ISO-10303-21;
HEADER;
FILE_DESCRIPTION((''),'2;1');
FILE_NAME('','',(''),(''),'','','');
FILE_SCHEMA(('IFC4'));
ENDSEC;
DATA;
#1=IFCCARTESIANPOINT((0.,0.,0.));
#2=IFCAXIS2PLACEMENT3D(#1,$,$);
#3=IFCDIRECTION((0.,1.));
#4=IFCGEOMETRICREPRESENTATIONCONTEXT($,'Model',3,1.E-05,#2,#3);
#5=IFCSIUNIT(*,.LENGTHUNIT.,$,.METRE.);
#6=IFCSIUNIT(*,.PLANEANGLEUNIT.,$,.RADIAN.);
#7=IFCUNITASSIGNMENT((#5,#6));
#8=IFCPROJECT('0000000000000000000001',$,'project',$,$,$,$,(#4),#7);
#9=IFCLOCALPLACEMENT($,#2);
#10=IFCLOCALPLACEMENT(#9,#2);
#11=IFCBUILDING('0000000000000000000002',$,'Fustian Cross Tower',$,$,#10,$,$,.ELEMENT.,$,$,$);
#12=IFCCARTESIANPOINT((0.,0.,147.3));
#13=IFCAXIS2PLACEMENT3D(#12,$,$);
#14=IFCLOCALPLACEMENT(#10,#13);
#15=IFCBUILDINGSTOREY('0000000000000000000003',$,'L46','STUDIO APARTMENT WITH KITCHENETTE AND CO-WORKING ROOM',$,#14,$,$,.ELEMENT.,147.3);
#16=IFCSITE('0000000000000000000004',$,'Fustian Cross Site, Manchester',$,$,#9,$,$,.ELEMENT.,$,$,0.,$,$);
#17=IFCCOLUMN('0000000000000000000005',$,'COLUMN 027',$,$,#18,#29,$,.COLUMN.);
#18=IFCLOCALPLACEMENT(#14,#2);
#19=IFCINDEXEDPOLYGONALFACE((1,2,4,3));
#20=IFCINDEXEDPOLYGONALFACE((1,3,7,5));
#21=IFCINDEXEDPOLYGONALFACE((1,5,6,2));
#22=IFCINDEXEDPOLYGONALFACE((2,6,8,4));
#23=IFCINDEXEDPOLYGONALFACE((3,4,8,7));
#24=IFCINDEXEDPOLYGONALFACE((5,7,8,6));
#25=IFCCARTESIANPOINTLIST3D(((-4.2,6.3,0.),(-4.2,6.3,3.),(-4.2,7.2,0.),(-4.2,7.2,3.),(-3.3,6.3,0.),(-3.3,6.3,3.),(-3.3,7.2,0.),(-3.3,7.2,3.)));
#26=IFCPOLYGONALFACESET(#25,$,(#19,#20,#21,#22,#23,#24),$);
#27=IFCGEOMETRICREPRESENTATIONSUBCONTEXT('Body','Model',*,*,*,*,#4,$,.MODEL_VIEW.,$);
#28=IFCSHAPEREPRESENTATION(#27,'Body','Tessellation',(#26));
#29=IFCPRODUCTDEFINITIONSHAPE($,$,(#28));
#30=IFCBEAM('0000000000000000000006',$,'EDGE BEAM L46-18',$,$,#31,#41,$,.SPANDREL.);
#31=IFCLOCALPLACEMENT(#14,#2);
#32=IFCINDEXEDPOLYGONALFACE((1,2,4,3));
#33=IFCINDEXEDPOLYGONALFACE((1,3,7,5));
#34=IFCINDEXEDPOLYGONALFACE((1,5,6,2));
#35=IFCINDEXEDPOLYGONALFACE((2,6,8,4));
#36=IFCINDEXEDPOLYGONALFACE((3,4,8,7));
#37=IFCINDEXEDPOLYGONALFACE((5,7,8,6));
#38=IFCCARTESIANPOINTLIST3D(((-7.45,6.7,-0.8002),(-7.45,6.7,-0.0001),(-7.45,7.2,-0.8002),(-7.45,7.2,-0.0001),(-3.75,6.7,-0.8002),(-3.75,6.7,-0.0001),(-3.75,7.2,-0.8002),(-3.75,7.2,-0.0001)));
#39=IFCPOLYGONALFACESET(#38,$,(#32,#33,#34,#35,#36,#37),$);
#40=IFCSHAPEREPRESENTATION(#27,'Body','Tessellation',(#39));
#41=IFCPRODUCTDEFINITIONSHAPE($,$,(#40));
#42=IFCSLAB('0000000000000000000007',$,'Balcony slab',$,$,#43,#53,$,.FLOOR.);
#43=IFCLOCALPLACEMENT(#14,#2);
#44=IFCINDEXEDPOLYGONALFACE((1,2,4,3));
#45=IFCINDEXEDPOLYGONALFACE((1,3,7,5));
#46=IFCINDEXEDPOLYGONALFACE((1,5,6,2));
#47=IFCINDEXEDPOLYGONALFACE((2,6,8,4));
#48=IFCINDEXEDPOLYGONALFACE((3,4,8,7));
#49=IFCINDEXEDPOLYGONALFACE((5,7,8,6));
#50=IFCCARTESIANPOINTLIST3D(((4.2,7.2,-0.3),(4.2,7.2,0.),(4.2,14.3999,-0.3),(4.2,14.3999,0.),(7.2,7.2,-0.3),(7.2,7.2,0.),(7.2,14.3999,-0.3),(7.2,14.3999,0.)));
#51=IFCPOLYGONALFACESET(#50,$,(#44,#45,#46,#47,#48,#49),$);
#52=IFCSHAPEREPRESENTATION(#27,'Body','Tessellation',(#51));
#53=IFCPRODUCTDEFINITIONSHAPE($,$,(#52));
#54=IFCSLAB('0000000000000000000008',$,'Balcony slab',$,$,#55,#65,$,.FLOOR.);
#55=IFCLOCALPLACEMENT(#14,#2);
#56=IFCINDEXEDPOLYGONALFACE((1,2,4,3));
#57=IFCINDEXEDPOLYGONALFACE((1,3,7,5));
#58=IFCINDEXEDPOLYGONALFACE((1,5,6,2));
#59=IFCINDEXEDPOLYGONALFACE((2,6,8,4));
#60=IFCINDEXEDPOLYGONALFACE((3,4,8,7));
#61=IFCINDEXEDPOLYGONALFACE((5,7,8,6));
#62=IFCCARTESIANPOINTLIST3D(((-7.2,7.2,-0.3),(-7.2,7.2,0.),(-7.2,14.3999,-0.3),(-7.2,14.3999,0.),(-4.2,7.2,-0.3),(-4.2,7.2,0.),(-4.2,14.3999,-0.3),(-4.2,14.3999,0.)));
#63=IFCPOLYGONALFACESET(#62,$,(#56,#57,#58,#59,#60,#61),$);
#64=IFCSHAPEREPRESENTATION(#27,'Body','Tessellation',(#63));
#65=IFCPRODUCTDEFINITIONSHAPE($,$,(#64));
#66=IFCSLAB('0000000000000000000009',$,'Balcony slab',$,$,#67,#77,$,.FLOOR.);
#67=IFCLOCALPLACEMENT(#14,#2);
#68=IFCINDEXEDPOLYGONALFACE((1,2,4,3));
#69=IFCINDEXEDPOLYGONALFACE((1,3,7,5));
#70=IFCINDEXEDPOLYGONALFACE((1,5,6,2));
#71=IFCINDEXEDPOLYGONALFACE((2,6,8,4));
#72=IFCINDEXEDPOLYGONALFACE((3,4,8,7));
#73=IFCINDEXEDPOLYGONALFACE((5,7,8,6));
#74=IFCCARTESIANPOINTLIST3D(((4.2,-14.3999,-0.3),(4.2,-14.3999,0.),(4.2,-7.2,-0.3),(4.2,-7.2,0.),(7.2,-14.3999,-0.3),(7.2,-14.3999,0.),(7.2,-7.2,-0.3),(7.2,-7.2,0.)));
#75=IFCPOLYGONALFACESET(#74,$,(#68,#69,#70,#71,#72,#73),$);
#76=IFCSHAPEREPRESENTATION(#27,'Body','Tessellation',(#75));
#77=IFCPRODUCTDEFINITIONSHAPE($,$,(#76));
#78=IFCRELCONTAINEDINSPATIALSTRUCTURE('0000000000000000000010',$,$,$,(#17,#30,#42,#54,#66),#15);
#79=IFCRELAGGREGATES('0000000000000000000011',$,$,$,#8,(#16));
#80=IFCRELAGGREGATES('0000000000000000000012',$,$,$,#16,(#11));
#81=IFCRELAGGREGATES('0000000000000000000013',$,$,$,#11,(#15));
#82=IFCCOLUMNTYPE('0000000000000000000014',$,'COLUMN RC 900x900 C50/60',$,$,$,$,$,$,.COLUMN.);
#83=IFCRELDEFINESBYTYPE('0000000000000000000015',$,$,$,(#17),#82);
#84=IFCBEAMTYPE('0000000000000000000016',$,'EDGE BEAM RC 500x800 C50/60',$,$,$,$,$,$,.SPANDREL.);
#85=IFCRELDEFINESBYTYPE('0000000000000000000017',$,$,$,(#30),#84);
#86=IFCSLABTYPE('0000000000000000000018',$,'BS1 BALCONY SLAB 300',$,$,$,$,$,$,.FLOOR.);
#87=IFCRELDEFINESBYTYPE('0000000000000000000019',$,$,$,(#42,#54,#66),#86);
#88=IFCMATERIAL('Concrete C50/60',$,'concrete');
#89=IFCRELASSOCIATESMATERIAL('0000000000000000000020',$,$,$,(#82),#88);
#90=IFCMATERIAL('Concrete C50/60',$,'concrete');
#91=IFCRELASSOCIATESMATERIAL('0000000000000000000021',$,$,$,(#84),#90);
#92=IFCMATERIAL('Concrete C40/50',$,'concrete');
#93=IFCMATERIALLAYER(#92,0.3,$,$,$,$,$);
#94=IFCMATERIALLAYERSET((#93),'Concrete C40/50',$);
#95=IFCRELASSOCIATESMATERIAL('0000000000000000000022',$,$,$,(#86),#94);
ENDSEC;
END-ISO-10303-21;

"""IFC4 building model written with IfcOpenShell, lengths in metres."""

from ifc_helpers import new_model, si_unit, direction, frame, origin, origin_2d, place, context, subcontext, project, spatial, polyline, rectangle, outline, extrude, material, layer, layer_set, material_profile, profile_set, type_object, element, save


model = new_model("IFC4")

# Units and contexts
model_context = context("Model", 3, precision=1e-05, world=origin(), true_north=direction((0.0, 1.0)))
body_context = subcontext(model_context, "Body", "Model", "MODEL_VIEW")
ifc_project = project(units=[si_unit("LENGTHUNIT", "METRE"), si_unit("PLANEANGLEUNIT", "RADIAN")], contexts=[model_context])

# Site, building, storey
site_placement = place(None, origin())
site = spatial("IfcSite", under=ifc_project, at=site_placement, Name="Fustian Cross Site, Manchester", CompositionType="ELEMENT", RefElevation=0.0)
building_placement = place(site_placement, origin())
building = spatial("IfcBuilding", under=site, at=building_placement, Name="Fustian Cross Tower", CompositionType="ELEMENT")
storey_placement = place(building_placement, frame((0.0, 0.0, 147.3)))
storey = spatial("IfcBuildingStorey", under=building, at=storey_placement, Name="L46", Description="STUDIO APARTMENT WITH KITCHENETTE AND CO-WORKING ROOM", CompositionType="ELEMENT", Elevation=147.3)

# Column
ifc_material_1 = material(Name="Concrete C50/60", Category="concrete")
ifc_material_profile_1 = material_profile(ifc_material_1, rectangle(XDim=0.8999, YDim=0.8999, at=origin_2d()), Name="RC 900x900")
ifc_profile_set_1 = profile_set([ifc_material_profile_1], Name="Concrete C50/60")
column_type = type_object("IfcColumnType", Name="COLUMN RC 900x900 C50/60", PredefinedType="COLUMN", material=ifc_profile_set_1)
column_placement = place(storey_placement, frame((-3.75, 6.75, 0.0), z_axis=(0.0, 0.0, 1.0), x_axis=(1.0, 0.0, 0.0)))
element("IfcColumn", 1, at=column_placement, inside=storey, type_object=column_type, Name="COLUMN 027", PredefinedType="COLUMN", context=body_context, shape_type="SweptSolid", body=[
    extrude(rectangle(XDim=0.8999, YDim=0.8999, at=origin_2d()), origin(), (0.0, 0.0, 1.0), 3.0),
])

# Beam
ifc_material_2 = material(Name="Concrete C50/60", Category="concrete")
ifc_material_profile_2 = material_profile(ifc_material_2, rectangle(XDim=0.5, YDim=0.8, at=origin_2d()), Name="RC 500x800")
ifc_profile_set_2 = profile_set([ifc_material_profile_2], Name="Concrete C50/60")
beam_type = type_object("IfcBeamType", Name="EDGE BEAM RC 500x800 C50/60", PredefinedType="SPANDREL", material=ifc_profile_set_2)
beam_placement = place(storey_placement, frame((-3.75, 6.95, -0.4001), z_axis=(-1.0, 0.0, 0.0), x_axis=(0.0, -1.0, 0.0)))
element("IfcBeam", 2, at=beam_placement, inside=storey, type_object=beam_type, Name="EDGE BEAM L46-18", PredefinedType="SPANDREL", context=body_context, shape_type="SweptSolid", body=[
    extrude(rectangle(XDim=0.5, YDim=0.8, at=origin_2d()), origin(), (0.0, 0.0, 1.0), 3.7),
])

# Slabs
ifc_material_3 = material(Name="Concrete C40/50", Category="concrete")
ifc_layer_1 = layer(ifc_material_3, 0.3)
ifc_layer_set_1 = layer_set([ifc_layer_1], Name="Concrete C40/50")
slab_type_1 = type_object("IfcSlabType", Name="BS1 BALCONY SLAB 300", PredefinedType="FLOOR", material=ifc_layer_set_1)
slab_1_placement = place(storey_placement, frame((0.0, 0.0, -0.3)))
element("IfcSlab", 3, at=slab_1_placement, inside=storey, type_object=slab_type_1, Name="Balcony slab", PredefinedType="FLOOR", context=body_context, shape_type="SweptSolid", body=[
    extrude(outline(polyline([(4.2, 7.2), (7.2, 7.2), (7.2, 14.3999), (4.2, 14.3999), (4.2, 7.2)])), origin(), (0.0, 0.0, 1.0), 0.3),
])
slab_2_placement = place(storey_placement, frame((0.0, 0.0, -0.3)))
element("IfcSlab", 4, at=slab_2_placement, inside=storey, type_object=slab_type_1, Name="Balcony slab", PredefinedType="FLOOR", context=body_context, shape_type="SweptSolid", body=[
    extrude(outline(polyline([(-7.2, 7.2), (-4.2, 7.2), (-4.2, 14.3999), (-7.2, 14.3999), (-7.2, 7.2)])), origin(), (0.0, 0.0, 1.0), 0.3),
])
slab_3_placement = place(storey_placement, frame((0.0, 0.0, -0.3)))
element("IfcSlab", 5, at=slab_3_placement, inside=storey, type_object=slab_type_1, Name="Balcony slab", PredefinedType="FLOOR", context=body_context, shape_type="SweptSolid", body=[
    extrude(outline(polyline([(4.2, -14.3999), (7.2, -14.3999), (7.2, -7.2), (4.2, -7.2), (4.2, -14.3999)])), origin(), (0.0, 0.0, 1.0), 0.3),
])

save(model, "model.ifc")
